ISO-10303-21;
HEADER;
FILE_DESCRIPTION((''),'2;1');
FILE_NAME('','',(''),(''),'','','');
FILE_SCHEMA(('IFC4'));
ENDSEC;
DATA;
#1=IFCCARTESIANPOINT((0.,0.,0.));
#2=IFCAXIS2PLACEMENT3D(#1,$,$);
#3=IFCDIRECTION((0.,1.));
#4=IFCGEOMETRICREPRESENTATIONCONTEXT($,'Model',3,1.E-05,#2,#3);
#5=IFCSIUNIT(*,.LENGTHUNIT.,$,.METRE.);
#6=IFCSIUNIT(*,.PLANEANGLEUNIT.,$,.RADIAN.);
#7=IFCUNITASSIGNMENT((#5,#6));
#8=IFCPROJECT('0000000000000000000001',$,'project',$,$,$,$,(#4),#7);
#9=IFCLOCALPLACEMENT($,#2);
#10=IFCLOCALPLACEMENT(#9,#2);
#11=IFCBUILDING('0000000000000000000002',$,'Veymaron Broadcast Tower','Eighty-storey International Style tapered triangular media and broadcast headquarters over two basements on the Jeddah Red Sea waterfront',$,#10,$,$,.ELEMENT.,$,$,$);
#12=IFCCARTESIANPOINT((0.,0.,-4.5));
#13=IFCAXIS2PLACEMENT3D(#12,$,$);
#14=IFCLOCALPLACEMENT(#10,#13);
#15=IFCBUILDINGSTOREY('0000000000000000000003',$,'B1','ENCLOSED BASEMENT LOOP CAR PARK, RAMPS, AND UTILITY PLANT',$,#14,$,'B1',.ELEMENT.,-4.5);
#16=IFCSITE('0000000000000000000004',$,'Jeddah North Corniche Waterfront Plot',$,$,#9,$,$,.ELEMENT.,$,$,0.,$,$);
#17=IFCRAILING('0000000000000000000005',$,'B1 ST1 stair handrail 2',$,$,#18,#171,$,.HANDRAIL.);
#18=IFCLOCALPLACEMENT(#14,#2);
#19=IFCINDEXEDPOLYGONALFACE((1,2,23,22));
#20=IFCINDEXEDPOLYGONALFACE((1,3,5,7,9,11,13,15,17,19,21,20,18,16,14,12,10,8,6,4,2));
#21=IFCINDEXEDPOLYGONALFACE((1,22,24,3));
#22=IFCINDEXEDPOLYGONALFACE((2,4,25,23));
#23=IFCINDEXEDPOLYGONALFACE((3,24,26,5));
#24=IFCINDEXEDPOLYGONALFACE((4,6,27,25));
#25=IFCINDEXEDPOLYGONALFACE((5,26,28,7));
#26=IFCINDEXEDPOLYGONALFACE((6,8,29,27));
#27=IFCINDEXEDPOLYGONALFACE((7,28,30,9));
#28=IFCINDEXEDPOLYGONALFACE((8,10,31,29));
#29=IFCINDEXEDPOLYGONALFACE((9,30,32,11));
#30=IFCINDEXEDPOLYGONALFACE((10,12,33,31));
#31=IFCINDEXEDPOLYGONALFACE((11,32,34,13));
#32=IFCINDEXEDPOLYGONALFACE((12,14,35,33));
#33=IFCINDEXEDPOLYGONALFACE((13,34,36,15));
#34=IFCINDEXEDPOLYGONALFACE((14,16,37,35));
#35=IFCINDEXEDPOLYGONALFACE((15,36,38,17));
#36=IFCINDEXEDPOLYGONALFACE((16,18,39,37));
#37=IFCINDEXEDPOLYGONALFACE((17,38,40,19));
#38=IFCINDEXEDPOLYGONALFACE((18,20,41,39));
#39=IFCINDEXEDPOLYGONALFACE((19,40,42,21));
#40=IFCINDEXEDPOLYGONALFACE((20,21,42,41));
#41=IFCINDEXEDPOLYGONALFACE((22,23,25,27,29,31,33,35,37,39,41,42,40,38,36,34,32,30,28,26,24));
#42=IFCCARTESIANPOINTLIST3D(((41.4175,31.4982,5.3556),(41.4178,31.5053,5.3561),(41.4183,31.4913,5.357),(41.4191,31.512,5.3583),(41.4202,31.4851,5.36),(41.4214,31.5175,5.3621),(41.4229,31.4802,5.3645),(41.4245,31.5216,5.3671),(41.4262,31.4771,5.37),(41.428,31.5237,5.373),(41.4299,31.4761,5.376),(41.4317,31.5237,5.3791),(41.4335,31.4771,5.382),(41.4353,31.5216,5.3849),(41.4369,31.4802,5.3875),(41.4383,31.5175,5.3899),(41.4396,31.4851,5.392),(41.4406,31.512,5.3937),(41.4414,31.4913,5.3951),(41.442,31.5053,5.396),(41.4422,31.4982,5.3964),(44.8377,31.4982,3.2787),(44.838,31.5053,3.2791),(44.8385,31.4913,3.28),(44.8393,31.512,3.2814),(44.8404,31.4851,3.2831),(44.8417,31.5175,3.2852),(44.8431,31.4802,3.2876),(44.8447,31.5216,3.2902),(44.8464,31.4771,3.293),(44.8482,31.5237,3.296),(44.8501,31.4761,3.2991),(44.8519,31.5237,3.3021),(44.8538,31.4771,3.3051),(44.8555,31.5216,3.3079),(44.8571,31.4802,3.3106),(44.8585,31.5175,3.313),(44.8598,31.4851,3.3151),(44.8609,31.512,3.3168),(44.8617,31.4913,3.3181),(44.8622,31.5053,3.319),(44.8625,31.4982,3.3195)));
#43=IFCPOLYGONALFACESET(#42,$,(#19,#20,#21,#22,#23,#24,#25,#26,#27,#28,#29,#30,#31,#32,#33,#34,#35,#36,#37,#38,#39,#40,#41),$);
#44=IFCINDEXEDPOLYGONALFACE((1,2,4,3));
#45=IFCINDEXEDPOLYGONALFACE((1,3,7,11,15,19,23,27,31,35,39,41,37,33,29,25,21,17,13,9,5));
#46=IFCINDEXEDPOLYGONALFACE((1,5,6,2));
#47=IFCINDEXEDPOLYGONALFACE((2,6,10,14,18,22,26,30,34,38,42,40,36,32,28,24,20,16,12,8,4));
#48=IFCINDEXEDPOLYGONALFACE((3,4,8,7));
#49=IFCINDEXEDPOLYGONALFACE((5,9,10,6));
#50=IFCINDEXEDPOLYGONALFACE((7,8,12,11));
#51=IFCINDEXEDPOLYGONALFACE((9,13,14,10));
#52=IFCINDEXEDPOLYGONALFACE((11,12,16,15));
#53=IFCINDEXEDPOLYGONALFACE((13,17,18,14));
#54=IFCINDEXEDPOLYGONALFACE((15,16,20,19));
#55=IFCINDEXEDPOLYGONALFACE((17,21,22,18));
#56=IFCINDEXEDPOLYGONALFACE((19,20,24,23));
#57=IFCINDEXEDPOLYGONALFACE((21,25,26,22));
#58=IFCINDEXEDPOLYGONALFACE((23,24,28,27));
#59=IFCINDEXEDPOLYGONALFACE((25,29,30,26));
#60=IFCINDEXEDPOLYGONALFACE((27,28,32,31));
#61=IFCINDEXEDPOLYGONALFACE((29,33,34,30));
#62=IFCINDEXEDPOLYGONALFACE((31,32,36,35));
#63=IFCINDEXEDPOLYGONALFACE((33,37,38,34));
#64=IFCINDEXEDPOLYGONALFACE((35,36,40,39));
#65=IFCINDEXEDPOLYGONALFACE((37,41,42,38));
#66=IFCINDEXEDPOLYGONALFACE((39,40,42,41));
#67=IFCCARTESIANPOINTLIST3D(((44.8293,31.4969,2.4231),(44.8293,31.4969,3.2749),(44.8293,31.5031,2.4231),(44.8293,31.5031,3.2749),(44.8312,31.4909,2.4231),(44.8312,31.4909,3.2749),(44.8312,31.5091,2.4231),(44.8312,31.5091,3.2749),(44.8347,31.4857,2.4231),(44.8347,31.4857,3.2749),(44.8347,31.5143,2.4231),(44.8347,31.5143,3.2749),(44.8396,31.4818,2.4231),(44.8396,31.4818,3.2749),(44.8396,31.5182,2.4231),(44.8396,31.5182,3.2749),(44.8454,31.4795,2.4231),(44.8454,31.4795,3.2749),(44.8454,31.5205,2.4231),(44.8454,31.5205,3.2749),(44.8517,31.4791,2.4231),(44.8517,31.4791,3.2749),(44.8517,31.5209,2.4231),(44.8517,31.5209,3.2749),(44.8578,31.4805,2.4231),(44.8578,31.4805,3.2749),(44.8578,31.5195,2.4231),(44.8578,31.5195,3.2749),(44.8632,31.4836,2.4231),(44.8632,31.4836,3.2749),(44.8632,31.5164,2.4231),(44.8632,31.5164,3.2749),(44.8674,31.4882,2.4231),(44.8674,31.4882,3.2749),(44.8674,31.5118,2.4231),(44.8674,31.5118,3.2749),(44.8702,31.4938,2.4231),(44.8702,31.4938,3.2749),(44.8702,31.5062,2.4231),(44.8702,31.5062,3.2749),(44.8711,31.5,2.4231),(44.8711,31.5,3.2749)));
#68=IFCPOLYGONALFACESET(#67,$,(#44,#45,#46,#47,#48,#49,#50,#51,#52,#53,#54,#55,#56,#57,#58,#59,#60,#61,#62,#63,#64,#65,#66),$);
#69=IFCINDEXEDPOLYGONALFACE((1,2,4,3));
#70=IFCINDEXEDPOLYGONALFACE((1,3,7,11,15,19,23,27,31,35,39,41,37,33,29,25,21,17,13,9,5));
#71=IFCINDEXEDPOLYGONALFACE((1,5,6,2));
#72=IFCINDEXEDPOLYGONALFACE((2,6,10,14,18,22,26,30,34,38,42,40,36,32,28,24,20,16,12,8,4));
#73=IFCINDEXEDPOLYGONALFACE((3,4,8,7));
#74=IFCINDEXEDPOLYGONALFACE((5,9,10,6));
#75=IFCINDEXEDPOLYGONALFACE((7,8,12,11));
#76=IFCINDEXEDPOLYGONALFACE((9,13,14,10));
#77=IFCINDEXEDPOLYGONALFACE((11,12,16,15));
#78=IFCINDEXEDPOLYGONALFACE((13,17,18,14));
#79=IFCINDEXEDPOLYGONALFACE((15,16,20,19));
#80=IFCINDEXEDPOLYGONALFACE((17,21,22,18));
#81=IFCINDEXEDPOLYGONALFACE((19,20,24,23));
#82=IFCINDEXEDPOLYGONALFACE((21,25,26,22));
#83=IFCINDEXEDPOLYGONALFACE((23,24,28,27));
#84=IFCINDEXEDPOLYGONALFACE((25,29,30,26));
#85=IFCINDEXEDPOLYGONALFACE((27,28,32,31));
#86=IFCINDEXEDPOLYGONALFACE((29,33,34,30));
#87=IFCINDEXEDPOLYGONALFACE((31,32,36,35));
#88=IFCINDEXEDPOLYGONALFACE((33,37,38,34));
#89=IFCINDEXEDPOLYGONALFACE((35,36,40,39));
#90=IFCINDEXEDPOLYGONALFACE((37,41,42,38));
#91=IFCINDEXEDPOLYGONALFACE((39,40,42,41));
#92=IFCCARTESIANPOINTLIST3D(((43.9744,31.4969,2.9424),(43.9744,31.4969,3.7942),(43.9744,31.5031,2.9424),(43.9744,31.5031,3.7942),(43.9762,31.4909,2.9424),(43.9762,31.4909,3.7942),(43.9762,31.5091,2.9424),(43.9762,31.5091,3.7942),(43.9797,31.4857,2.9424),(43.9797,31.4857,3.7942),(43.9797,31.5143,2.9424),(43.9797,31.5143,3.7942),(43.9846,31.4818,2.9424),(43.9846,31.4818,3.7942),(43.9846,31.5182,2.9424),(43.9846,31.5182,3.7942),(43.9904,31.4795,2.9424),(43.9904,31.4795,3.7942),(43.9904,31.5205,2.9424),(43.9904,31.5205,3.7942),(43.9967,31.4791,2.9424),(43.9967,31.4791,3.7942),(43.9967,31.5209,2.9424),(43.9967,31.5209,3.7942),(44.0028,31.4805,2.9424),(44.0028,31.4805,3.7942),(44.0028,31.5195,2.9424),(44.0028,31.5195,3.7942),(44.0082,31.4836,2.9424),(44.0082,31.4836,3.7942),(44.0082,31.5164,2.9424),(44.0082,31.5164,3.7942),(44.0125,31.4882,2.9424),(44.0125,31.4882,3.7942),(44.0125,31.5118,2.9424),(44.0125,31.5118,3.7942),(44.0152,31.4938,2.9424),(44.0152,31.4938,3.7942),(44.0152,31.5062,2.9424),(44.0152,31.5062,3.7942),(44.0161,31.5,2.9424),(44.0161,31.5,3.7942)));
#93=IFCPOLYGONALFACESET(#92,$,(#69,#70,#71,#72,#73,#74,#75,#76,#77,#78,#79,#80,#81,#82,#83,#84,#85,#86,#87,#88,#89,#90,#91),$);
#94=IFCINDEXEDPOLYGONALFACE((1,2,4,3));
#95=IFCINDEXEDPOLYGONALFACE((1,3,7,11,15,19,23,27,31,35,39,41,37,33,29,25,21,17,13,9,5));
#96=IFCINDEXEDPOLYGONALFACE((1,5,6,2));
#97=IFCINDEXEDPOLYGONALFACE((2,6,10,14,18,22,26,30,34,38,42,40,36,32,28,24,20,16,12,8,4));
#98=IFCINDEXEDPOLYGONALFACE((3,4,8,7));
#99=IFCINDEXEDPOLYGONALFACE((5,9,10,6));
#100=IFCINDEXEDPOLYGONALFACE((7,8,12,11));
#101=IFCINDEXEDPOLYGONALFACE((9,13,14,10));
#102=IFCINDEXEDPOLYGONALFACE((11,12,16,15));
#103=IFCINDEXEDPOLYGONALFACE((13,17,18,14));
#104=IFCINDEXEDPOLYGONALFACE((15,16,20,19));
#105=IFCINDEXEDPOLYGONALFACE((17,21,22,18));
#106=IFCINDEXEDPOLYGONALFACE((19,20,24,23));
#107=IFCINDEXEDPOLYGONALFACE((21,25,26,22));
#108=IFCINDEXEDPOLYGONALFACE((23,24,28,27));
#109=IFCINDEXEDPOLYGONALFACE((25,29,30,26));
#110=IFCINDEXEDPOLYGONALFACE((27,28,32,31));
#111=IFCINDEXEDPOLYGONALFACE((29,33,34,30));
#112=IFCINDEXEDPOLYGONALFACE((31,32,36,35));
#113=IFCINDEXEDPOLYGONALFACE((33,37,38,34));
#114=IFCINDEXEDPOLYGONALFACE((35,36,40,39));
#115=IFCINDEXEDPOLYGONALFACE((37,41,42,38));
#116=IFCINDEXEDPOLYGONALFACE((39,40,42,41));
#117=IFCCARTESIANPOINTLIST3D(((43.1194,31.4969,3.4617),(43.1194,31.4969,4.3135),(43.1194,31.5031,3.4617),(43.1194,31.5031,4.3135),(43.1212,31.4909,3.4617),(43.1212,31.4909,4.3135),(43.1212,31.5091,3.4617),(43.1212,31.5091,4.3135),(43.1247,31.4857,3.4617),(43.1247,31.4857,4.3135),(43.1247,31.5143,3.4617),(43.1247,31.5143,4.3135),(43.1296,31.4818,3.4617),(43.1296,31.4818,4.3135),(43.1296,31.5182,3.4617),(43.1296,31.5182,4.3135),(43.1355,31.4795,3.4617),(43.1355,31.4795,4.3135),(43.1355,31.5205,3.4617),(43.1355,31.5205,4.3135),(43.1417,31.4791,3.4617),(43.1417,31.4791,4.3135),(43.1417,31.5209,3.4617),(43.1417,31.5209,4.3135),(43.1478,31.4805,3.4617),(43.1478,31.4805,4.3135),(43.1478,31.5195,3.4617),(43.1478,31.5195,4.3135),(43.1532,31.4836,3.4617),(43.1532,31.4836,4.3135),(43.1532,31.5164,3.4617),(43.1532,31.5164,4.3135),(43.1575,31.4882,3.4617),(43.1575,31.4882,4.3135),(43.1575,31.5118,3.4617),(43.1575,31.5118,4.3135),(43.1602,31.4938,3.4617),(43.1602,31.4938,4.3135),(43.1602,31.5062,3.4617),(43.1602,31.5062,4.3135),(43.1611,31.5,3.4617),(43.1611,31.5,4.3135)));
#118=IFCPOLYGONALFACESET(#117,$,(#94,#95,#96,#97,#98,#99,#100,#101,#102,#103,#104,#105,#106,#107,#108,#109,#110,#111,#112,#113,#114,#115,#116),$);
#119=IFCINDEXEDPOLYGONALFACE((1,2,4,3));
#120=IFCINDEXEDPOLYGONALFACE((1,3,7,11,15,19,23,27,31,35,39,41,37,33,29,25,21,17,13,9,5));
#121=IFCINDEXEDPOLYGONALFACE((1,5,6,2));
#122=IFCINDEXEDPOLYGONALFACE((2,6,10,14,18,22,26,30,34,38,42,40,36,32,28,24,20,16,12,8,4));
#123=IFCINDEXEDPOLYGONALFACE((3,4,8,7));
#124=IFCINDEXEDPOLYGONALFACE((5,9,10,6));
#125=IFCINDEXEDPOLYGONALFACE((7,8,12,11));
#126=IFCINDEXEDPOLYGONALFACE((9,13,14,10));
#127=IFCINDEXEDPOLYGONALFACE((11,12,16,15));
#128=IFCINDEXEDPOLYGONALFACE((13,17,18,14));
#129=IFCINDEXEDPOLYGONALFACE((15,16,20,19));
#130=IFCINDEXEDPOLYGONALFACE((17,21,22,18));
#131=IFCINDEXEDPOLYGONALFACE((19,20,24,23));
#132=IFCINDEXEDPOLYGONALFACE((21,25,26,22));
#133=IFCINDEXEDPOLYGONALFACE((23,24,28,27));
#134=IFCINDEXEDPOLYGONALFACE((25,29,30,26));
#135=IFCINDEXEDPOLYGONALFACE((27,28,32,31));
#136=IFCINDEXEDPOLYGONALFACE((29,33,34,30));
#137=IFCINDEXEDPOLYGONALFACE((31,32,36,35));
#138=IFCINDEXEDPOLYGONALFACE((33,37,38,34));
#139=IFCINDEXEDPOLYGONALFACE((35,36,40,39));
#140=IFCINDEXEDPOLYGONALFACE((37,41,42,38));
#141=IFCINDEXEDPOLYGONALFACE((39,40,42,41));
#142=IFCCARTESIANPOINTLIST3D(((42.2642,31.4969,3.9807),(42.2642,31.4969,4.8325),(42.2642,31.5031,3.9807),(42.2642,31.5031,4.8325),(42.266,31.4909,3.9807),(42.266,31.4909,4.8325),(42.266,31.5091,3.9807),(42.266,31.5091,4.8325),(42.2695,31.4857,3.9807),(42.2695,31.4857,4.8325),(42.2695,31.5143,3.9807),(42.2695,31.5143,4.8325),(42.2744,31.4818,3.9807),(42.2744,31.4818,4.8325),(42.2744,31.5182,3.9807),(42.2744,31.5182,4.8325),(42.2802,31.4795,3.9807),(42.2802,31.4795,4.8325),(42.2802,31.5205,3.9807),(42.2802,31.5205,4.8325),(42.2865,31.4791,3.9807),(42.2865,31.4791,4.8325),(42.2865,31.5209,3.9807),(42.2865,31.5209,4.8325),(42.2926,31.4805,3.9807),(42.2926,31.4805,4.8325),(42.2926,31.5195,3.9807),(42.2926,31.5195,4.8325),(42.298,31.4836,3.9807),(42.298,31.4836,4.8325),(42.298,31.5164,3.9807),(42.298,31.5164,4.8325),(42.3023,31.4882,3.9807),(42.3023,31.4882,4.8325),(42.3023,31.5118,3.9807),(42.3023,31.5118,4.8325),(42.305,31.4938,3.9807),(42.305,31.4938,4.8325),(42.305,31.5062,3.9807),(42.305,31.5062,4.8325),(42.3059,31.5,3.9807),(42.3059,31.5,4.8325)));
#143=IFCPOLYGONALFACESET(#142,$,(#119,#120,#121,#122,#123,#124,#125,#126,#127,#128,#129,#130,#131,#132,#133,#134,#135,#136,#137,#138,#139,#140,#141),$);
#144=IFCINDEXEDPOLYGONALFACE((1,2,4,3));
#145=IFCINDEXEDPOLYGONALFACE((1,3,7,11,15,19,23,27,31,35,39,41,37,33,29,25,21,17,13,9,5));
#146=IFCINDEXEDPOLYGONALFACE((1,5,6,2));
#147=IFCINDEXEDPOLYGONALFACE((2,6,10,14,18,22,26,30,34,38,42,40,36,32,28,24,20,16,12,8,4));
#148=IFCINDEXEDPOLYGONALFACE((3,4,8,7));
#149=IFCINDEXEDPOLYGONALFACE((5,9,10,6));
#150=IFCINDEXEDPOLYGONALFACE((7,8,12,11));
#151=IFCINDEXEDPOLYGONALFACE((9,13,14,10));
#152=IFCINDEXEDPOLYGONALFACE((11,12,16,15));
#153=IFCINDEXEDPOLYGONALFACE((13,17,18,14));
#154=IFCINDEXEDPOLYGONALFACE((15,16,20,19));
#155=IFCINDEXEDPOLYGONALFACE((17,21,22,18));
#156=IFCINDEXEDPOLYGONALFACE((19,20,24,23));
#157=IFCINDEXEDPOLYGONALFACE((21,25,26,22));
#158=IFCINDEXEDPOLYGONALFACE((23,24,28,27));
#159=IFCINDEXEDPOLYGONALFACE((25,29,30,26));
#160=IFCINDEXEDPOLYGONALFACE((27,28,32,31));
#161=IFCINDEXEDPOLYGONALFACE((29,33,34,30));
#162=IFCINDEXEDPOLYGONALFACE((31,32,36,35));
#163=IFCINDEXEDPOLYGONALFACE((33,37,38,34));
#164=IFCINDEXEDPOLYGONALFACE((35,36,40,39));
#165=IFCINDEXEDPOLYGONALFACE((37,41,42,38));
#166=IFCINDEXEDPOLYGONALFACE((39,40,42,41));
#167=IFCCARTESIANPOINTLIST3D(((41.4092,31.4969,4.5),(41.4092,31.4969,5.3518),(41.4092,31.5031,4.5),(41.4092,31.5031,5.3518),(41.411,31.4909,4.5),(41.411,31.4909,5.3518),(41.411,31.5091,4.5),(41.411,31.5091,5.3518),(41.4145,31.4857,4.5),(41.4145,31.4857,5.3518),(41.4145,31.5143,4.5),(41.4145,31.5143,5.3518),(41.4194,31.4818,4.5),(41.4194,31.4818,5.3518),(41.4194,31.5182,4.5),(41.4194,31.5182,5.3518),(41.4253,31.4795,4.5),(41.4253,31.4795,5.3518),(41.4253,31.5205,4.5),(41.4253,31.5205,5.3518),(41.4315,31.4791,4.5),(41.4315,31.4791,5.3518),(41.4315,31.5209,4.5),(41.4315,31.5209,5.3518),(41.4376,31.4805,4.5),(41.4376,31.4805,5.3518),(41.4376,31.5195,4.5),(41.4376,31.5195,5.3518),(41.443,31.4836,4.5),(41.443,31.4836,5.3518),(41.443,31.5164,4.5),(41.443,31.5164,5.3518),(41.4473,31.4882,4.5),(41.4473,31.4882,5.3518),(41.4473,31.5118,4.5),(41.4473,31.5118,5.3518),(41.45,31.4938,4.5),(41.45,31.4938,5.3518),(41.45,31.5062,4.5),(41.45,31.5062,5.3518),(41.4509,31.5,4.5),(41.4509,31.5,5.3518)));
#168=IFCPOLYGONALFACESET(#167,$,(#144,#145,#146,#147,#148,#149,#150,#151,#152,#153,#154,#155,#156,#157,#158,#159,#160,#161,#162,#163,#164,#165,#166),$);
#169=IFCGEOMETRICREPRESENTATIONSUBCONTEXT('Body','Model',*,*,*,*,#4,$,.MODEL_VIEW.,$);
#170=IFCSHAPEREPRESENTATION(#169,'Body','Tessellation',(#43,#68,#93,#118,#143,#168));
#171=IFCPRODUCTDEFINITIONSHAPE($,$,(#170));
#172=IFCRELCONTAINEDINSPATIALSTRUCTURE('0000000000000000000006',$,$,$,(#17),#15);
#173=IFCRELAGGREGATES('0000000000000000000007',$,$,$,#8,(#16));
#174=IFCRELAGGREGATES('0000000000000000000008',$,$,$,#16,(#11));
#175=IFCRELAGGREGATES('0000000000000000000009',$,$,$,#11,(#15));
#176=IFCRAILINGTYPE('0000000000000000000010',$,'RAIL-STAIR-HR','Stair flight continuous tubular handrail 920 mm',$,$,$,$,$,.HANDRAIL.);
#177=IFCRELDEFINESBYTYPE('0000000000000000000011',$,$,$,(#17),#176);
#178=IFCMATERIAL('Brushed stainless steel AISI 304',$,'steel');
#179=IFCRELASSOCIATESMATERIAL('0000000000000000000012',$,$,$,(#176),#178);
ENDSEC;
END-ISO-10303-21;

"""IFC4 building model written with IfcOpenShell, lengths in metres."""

from ifc_helpers import new_model, si_unit, direction, frame, origin, origin_2d, place, context, subcontext, project, spatial, circle, extrude, material, type_object, element, save


model = new_model("IFC4")

# Units and contexts
model_context = context("Model", 3, precision=1e-05, world=origin(), true_north=direction((0.0, 1.0)))
body_context = subcontext(model_context, "Body", "Model", "MODEL_VIEW")
ifc_project = project(units=[si_unit("LENGTHUNIT", "METRE"), si_unit("PLANEANGLEUNIT", "RADIAN")], contexts=[model_context])

# Site, building, storey
site_placement = place(None, origin())
site = spatial("IfcSite", under=ifc_project, at=site_placement, Name="Jeddah North Corniche Waterfront Plot", CompositionType="ELEMENT", RefElevation=0.0)
building_placement = place(site_placement, origin())
building = spatial("IfcBuilding", under=site, at=building_placement, Name="Veymaron Broadcast Tower", Description="Eighty-storey International Style tapered triangular media and broadcast headquarters over two basements on the Jeddah Red Sea waterfront", CompositionType="ELEMENT")
storey_placement = place(building_placement, frame((0.0, 0.0, -4.5)))
storey = spatial("IfcBuildingStorey", under=building, at=storey_placement, Name="B1", Description="ENCLOSED BASEMENT LOOP CAR PARK, RAMPS, AND UTILITY PLANT", LongName="B1", CompositionType="ELEMENT", Elevation=-4.5)

# Shared definitions
ifc_material_1 = material(Name="Brushed stainless steel AISI 304", Category="steel")

# Railing
railing_type_1 = type_object("IfcRailingType", Name="RAIL-STAIR-HR", Description="Stair flight continuous tubular handrail 920 mm", PredefinedType="HANDRAIL", material=ifc_material_1)
railing_1_placement = place(storey_placement, frame((44.8501, 31.5, 2.4231)))
element("IfcRailing", 1, at=railing_1_placement, inside=storey, type_object=railing_type_1, Name="B1 ST1 stair handrail 2", PredefinedType="HANDRAIL", context=body_context, shape_type="SweptSolid", body=[
    extrude(circle(Radius=0.0239, at=origin_2d()), frame((0.0, 0.0, 0.876), z_axis=(-0.854746, 0.0, 0.519047), x_axis=(0.0, -1.0, 0.0)), (0.0, 0.0, 1.0), 4.0015),
    extrude(circle(Radius=0.021, at=origin_2d()), origin(), (0.0, 0.0, 1.0), 0.8518),
    extrude(circle(Radius=0.021, at=origin_2d()), frame((-0.855, 0.0, 0.5193)), (0.0, 0.0, 1.0), 0.8518),
    extrude(circle(Radius=0.021, at=origin_2d()), frame((-1.71, 0.0, 1.0386)), (0.0, 0.0, 1.0), 0.8518),
    extrude(circle(Radius=0.021, at=origin_2d()), frame((-2.5652, 0.0, 1.5576)), (0.0, 0.0, 1.0), 0.8518),
    extrude(circle(Radius=0.021, at=origin_2d()), frame((-3.4202, 0.0, 2.0769)), (0.0, 0.0, 1.0), 0.8518),
])

save(model, "model.ifc")
